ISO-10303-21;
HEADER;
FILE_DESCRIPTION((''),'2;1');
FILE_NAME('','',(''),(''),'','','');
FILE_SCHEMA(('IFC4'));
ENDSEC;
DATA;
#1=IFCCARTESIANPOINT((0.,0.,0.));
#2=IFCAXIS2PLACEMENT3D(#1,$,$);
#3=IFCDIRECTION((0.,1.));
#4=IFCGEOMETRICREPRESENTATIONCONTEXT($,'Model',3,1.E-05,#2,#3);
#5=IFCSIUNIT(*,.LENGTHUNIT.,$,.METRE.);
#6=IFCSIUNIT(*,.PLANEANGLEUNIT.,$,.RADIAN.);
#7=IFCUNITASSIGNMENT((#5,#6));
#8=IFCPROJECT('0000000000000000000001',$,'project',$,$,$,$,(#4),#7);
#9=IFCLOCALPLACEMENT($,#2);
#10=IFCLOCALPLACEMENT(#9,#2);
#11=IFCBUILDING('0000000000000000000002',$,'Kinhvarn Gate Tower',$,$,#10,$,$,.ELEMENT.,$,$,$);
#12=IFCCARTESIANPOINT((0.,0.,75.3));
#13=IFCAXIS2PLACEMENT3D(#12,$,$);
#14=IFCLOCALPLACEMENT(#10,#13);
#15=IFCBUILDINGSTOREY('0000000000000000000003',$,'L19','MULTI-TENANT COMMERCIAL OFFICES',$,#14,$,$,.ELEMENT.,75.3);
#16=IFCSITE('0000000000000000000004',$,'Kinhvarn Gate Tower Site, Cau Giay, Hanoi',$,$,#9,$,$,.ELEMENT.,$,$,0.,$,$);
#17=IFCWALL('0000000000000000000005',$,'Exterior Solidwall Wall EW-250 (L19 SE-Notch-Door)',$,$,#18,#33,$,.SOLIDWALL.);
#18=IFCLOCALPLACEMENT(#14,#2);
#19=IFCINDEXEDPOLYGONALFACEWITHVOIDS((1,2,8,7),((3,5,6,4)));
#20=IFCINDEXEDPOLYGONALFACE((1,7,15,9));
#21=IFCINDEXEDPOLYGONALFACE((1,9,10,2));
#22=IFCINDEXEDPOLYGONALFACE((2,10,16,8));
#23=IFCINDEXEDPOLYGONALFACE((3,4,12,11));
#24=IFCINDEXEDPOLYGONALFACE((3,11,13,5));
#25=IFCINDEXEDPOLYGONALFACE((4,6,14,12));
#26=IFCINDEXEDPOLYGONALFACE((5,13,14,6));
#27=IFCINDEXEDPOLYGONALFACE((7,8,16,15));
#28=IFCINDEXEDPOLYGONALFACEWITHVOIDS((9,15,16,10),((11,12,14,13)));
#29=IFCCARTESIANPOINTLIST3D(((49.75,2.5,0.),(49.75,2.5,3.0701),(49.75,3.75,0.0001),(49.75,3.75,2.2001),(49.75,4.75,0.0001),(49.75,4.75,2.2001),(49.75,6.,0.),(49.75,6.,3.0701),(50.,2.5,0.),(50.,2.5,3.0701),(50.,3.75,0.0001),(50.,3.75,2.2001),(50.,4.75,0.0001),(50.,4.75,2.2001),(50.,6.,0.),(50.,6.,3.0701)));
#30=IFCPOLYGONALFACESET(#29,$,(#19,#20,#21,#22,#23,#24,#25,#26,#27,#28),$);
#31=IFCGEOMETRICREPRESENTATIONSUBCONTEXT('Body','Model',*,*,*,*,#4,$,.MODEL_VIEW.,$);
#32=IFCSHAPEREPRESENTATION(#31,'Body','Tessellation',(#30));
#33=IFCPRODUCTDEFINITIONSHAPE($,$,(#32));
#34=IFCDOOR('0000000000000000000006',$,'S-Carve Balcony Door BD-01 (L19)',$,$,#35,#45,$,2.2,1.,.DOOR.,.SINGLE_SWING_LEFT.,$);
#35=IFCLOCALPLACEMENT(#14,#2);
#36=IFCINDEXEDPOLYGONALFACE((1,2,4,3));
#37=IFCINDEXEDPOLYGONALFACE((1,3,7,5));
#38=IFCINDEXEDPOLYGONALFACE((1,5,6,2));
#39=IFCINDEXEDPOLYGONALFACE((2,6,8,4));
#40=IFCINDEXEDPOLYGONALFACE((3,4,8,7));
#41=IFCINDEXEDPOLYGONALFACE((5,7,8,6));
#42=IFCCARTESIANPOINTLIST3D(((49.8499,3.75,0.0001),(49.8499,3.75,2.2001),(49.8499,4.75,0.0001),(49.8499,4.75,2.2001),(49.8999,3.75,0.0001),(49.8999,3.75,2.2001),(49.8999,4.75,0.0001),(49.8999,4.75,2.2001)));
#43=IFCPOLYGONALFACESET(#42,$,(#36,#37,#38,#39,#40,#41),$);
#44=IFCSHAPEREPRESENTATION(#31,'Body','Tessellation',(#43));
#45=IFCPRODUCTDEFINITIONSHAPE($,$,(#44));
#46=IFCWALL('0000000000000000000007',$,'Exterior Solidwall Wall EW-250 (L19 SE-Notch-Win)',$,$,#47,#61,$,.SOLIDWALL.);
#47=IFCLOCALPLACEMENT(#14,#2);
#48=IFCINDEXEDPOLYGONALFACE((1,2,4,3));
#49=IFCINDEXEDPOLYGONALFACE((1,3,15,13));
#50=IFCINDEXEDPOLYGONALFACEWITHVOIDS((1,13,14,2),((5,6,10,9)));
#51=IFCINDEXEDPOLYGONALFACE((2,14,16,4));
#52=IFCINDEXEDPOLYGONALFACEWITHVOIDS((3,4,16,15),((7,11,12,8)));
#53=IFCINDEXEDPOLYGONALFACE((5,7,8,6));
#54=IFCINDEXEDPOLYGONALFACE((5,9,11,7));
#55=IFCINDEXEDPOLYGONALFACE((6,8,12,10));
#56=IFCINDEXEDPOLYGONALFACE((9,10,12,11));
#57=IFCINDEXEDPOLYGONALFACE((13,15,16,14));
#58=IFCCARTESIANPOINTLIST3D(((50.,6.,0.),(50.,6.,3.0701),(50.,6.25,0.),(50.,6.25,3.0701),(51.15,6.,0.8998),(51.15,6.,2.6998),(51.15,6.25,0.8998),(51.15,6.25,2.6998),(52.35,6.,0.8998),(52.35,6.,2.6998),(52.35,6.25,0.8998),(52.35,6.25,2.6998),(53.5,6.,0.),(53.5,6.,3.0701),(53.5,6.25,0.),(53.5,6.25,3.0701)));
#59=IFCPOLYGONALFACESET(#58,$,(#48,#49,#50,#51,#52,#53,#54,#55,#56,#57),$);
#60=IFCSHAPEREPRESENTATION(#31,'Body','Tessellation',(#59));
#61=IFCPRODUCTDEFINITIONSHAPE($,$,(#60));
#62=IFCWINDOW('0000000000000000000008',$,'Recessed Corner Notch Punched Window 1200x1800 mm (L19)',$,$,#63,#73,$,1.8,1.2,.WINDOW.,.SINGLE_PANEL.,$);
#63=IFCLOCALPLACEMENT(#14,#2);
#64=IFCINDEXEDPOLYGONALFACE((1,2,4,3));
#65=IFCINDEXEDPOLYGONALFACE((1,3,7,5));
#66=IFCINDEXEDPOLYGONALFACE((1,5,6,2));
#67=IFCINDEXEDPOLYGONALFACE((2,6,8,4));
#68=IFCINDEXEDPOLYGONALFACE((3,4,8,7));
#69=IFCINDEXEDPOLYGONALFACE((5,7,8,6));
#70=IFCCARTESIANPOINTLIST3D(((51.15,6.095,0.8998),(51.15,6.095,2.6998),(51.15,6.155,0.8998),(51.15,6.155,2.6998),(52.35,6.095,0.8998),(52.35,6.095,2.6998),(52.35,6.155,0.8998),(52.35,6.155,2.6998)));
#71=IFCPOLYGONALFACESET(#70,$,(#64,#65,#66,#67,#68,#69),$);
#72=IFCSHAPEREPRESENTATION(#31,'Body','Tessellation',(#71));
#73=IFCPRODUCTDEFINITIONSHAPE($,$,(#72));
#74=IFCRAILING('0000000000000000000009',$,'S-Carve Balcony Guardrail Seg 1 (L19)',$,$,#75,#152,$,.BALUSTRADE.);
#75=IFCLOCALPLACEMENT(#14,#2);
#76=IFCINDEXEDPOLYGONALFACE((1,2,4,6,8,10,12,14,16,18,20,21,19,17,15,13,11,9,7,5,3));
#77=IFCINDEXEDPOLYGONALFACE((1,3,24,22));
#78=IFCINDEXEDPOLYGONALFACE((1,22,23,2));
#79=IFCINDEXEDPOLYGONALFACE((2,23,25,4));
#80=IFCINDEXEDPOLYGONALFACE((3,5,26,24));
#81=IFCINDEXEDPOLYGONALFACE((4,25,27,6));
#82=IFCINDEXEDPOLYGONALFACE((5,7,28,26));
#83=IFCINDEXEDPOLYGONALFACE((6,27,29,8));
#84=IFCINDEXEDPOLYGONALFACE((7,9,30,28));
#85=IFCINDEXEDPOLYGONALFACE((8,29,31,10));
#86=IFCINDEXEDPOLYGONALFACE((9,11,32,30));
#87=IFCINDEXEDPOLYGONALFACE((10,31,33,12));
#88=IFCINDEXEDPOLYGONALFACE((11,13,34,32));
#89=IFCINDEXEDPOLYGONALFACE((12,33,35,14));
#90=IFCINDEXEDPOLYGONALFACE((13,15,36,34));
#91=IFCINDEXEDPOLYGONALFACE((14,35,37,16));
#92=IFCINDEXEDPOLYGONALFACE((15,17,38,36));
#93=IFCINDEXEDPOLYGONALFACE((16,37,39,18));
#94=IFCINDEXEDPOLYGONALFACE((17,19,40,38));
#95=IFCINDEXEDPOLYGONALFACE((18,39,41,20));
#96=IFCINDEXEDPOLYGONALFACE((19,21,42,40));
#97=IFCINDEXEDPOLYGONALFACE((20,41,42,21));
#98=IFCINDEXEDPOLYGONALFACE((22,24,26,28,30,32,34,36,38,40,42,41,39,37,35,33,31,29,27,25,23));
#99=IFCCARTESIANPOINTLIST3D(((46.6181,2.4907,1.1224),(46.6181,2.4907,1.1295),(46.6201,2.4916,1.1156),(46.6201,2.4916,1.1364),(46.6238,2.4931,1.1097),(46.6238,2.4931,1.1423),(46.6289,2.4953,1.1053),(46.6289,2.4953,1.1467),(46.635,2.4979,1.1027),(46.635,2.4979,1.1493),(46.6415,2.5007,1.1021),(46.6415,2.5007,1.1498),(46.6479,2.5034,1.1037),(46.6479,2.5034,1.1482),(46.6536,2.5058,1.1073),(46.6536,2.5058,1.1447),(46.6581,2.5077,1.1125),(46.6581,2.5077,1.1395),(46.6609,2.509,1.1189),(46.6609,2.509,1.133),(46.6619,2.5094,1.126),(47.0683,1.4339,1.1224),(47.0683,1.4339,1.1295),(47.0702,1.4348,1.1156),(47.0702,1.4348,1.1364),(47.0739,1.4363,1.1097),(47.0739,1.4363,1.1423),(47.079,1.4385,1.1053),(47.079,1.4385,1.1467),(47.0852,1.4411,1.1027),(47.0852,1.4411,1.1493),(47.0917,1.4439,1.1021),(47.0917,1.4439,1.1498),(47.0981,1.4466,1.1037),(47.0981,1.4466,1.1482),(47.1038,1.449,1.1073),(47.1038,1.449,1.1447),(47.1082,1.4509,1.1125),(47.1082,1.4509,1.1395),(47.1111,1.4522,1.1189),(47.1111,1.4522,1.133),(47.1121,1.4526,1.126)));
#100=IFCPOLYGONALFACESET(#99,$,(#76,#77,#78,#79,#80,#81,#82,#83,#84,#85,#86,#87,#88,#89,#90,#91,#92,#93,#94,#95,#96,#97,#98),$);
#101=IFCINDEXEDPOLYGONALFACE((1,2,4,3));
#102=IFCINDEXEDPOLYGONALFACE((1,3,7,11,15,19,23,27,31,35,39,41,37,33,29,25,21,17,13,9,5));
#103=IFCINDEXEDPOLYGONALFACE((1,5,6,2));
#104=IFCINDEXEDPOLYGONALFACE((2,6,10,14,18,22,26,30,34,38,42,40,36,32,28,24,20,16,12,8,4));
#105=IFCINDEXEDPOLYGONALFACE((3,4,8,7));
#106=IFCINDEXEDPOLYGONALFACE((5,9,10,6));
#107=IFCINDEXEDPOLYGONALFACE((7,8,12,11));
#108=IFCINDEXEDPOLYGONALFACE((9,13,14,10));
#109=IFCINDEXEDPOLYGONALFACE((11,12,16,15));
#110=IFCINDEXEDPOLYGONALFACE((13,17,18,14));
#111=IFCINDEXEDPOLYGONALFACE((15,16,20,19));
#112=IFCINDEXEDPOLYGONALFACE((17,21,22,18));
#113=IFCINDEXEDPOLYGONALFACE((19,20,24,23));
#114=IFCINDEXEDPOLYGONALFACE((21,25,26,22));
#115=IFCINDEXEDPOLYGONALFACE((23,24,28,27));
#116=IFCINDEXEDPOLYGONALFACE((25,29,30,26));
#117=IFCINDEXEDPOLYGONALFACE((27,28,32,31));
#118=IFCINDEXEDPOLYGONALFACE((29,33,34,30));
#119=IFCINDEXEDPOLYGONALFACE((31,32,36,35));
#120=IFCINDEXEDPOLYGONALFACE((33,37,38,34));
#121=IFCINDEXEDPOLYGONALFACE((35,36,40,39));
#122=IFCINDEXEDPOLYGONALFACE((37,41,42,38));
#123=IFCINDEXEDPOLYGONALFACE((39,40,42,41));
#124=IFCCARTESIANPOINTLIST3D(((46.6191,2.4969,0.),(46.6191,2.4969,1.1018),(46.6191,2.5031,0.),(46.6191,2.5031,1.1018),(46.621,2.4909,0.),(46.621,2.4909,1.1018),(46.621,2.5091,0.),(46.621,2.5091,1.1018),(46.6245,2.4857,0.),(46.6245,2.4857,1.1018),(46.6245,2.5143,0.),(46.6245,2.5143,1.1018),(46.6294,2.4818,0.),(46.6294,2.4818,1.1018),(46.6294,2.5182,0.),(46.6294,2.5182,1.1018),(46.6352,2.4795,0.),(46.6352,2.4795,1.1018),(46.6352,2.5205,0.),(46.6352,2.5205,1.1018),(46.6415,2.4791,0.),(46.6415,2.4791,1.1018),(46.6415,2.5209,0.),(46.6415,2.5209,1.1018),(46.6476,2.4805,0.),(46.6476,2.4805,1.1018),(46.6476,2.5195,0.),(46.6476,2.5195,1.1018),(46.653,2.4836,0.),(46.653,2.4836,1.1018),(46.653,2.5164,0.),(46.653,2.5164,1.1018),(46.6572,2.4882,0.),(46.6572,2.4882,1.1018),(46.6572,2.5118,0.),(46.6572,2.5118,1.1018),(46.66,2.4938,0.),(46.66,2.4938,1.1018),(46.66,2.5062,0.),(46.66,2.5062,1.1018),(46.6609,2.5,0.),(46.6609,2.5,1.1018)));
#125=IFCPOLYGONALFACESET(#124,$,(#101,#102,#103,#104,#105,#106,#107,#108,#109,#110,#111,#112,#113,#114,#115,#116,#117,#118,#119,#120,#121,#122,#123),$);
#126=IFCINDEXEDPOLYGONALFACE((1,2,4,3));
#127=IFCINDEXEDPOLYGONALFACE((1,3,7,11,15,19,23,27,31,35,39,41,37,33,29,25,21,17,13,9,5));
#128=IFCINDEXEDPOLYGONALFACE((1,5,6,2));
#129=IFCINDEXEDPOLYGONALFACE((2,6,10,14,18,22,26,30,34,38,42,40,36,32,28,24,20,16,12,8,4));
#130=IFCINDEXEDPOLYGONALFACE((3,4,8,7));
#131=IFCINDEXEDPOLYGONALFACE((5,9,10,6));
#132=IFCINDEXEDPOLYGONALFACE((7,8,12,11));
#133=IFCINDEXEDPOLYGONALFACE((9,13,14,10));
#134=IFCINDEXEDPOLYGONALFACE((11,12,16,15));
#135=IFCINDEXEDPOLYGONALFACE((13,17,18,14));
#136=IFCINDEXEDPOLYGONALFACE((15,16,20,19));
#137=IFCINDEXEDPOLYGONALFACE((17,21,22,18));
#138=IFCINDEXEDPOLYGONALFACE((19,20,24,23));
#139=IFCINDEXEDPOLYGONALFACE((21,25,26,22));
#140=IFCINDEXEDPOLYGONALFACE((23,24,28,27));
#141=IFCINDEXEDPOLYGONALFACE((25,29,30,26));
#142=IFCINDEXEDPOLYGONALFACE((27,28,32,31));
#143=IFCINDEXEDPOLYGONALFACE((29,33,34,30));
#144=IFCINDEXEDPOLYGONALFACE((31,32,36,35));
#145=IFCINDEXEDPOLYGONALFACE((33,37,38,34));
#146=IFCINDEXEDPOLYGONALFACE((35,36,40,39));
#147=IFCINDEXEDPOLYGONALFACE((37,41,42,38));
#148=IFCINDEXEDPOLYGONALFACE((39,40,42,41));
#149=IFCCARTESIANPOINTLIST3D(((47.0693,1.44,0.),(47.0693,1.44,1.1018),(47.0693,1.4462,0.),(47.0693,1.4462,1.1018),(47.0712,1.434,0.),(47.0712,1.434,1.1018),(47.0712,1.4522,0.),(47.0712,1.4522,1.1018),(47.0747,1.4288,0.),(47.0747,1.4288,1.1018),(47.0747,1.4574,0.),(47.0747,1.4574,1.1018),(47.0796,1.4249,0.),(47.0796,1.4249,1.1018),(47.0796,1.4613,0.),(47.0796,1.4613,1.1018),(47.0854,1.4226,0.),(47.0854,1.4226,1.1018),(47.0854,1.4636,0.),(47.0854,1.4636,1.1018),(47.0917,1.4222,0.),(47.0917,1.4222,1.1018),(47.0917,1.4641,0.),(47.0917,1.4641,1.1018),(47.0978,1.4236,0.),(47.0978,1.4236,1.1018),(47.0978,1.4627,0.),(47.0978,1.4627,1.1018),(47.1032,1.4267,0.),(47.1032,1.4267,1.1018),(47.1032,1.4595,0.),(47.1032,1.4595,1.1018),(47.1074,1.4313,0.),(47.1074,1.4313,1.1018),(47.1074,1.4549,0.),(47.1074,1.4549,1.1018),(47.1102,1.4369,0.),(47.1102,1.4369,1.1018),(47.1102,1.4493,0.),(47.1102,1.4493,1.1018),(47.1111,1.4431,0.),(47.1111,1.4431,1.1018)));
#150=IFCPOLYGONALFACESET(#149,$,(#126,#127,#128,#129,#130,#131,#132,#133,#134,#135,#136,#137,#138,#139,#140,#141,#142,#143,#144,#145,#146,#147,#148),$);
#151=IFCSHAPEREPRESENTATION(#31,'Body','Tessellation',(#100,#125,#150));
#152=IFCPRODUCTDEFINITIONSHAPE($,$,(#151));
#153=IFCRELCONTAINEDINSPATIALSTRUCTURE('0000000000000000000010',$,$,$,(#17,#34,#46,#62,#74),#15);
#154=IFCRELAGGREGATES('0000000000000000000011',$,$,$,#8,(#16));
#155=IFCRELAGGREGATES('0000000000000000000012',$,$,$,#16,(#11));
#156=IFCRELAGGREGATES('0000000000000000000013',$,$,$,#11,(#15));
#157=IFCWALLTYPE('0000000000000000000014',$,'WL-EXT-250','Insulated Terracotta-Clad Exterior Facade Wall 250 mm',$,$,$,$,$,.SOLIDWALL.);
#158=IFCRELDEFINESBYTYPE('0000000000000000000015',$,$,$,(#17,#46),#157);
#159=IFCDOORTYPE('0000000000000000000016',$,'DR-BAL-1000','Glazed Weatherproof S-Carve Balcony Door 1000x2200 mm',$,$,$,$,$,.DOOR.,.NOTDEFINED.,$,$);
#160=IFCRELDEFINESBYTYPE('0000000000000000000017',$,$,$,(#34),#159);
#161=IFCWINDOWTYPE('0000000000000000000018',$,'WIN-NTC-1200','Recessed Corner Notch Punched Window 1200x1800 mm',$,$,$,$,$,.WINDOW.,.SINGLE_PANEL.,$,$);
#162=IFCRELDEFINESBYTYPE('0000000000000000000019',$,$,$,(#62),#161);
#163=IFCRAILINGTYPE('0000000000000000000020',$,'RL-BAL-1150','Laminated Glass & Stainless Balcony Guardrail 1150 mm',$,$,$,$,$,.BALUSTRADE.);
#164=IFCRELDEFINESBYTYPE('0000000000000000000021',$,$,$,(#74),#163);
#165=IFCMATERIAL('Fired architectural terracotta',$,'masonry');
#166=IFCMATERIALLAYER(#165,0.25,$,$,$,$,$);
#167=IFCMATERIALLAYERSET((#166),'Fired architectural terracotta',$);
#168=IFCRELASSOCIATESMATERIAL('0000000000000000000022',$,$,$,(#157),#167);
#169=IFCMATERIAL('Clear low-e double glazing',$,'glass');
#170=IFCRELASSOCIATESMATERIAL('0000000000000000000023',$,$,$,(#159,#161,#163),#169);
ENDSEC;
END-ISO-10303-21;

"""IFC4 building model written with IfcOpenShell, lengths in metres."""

from ifc_helpers import new_model, si_unit, direction, frame, frame_2d, origin, origin_2d, place, context, subcontext, project, spatial, rectangle, circle, extrude, material, layer, layer_set, type_object, element, fill, save


model = new_model("IFC4")

# Units and contexts
model_context = context("Model", 3, precision=1e-05, world=origin(), true_north=direction((0.0, 1.0)))
body_context = subcontext(model_context, "Body", "Model", "MODEL_VIEW")
ifc_project = project(units=[si_unit("LENGTHUNIT", "METRE"), si_unit("PLANEANGLEUNIT", "RADIAN")], contexts=[model_context])

# Site, building, storey
site_placement = place(None, origin())
site = spatial("IfcSite", under=ifc_project, at=site_placement, Name="Kinhvarn Gate Tower Site, Cau Giay, Hanoi", CompositionType="ELEMENT", RefElevation=0.0)
building_placement = place(site_placement, origin())
building = spatial("IfcBuilding", under=site, at=building_placement, Name="Kinhvarn Gate Tower", CompositionType="ELEMENT")
storey_placement = place(building_placement, frame((0.0, 0.0, 75.3)))
storey = spatial("IfcBuildingStorey", under=building, at=storey_placement, Name="L19", Description="MULTI-TENANT COMMERCIAL OFFICES", CompositionType="ELEMENT", Elevation=75.3)

# Shared definitions
ifc_material_1 = material(Name="Clear low-e double glazing", Category="glass")

# Wall, opening, door
ifc_material_2 = material(Name="Fired architectural terracotta", Category="masonry")
ifc_layer_1 = layer(ifc_material_2, 0.25)
ifc_layer_set_1 = layer_set([ifc_layer_1], Name="Fired architectural terracotta")
wall_type = type_object("IfcWallType", Name="WL-EXT-250", Description="Insulated Terracotta-Clad Exterior Facade Wall 250 mm", PredefinedType="SOLIDWALL", material=ifc_layer_set_1)
wall_1_placement = place(storey_placement, frame((49.875, 2.5, 0.0), z_axis=(0.0, 0.0, 1.0), x_axis=(0.0, 1.0, 0.0)))
wall_1 = element("IfcWall", 1, at=wall_1_placement, inside=storey, type_object=wall_type, Name="Exterior Solidwall Wall EW-250 (L19 SE-Notch-Door)", PredefinedType="SOLIDWALL", context=body_context, shape_type="SweptSolid", body=[
    extrude(rectangle(XDim=3.5, YDim=0.25, at=frame_2d((1.75, 0.0))), origin(), (0.0, 0.0, 1.0), 3.0701),
])
opening_1_placement = place(wall_1_placement, frame((1.25, 0.0, 0.0)))
opening_1 = element("IfcOpeningElement", 2, at=opening_1_placement, cuts=wall_1, PredefinedType="OPENING", context=body_context, shape_type="SweptSolid", body=[
    extrude(rectangle(XDim=1.0, YDim=2.2, at=frame_2d((0.5, 1.1001))), frame((0.0, 0.135, 0.0), z_axis=(0.0, -1.0, 0.0), x_axis=(1.0, 0.0, 0.0)), (0.0, 0.0, 1.0), 0.27),
])
door_type = type_object("IfcDoorType", Name="DR-BAL-1000", Description="Glazed Weatherproof S-Carve Balcony Door 1000x2200 mm", OperationType="NOTDEFINED", PredefinedType="DOOR", material=ifc_material_1)
door_placement = place(opening_1_placement, frame((1.0, 0.0, 0.0), z_axis=(0.0, 0.0, 1.0), x_axis=(-1.0, 0.0, 0.0)))
door = element("IfcDoor", 3, at=door_placement, inside=storey, type_object=door_type, Name="S-Carve Balcony Door BD-01 (L19)", OperationType="SINGLE_SWING_LEFT", OverallHeight=2.2, OverallWidth=1.0, PredefinedType="DOOR", context=body_context, shape_type="SweptSolid", body=[
    extrude(rectangle(XDim=1.0, YDim=2.2, at=frame_2d((0.5, 1.1001))), frame((0.0, 0.0249, 0.0), z_axis=(0.0, -1.0, 0.0), x_axis=(1.0, 0.0, 0.0)), (0.0, 0.0, 1.0), 0.05),
])
fill(opening_1, door)

# Wall, opening, window
wall_2_placement = place(storey_placement, frame((50.0, 6.125, 0.0), z_axis=(0.0, 0.0, 1.0), x_axis=(1.0, 0.0, 0.0)))
wall_2 = element("IfcWall", 4, at=wall_2_placement, inside=storey, type_object=wall_type, Name="Exterior Solidwall Wall EW-250 (L19 SE-Notch-Win)", PredefinedType="SOLIDWALL", context=body_context, shape_type="SweptSolid", body=[
    extrude(rectangle(XDim=3.5, YDim=0.25, at=frame_2d((1.75, 0.0))), origin(), (0.0, 0.0, 1.0), 3.0701),
])
opening_2_placement = place(wall_2_placement, frame((1.1499, 0.0, 0.8999)))
opening_2 = element("IfcOpeningElement", 5, at=opening_2_placement, cuts=wall_2, PredefinedType="OPENING", context=body_context, shape_type="SweptSolid", body=[
    extrude(rectangle(XDim=1.2, YDim=1.8, at=frame_2d((0.6001, 0.8999))), frame((0.0, 0.135, 0.0), z_axis=(0.0, -1.0, 0.0), x_axis=(1.0, 0.0, 0.0)), (0.0, 0.0, 1.0), 0.27),
])
window_type = type_object("IfcWindowType", Name="WIN-NTC-1200", Description="Recessed Corner Notch Punched Window 1200x1800 mm", PartitioningType="SINGLE_PANEL", PredefinedType="WINDOW", material=ifc_material_1)
window_placement = place(opening_2_placement, origin())
window = element("IfcWindow", 6, at=window_placement, inside=storey, type_object=window_type, Name="Recessed Corner Notch Punched Window 1200x1800 mm (L19)", OverallHeight=1.8, OverallWidth=1.2, PartitioningType="SINGLE_PANEL", PredefinedType="WINDOW", context=body_context, shape_type="SweptSolid", body=[
    extrude(rectangle(XDim=1.2, YDim=1.8, at=frame_2d((0.6001, 0.8999))), frame((0.0, 0.03, 0.0), z_axis=(0.0, -1.0, 0.0), x_axis=(1.0, 0.0, 0.0)), (0.0, 0.0, 1.0), 0.0601),
])
fill(opening_2, window)

# Railing
railing_type = type_object("IfcRailingType", Name="RL-BAL-1150", Description="Laminated Glass & Stainless Balcony Guardrail 1150 mm", PredefinedType="BALUSTRADE", material=ifc_material_1)
railing_1_placement = place(storey_placement, frame((46.6399, 2.5, 0.0)))
element("IfcRailing", 7, at=railing_1_placement, inside=storey, type_object=railing_type, Name="S-Carve Balcony Guardrail Seg 1 (L19)", PredefinedType="BALUSTRADE", context=body_context, shape_type="SweptSolid", body=[
    extrude(circle(Radius=0.0239, at=origin_2d()), frame((0.0, 0.0, 1.126), z_axis=(0.391892, -0.920011, 0.0), x_axis=(0.920011, 0.391892, 0.0)), (0.0, 0.0, 1.0), 1.1487),
    extrude(circle(Radius=0.021, at=origin_2d()), origin(), (0.0, 0.0, 1.0), 1.1018),
    extrude(circle(Radius=0.021, at=origin_2d()), frame((0.4502, -1.0569, 0.0)), (0.0, 0.0, 1.0), 1.1018),
])

save(model, "model.ifc")
